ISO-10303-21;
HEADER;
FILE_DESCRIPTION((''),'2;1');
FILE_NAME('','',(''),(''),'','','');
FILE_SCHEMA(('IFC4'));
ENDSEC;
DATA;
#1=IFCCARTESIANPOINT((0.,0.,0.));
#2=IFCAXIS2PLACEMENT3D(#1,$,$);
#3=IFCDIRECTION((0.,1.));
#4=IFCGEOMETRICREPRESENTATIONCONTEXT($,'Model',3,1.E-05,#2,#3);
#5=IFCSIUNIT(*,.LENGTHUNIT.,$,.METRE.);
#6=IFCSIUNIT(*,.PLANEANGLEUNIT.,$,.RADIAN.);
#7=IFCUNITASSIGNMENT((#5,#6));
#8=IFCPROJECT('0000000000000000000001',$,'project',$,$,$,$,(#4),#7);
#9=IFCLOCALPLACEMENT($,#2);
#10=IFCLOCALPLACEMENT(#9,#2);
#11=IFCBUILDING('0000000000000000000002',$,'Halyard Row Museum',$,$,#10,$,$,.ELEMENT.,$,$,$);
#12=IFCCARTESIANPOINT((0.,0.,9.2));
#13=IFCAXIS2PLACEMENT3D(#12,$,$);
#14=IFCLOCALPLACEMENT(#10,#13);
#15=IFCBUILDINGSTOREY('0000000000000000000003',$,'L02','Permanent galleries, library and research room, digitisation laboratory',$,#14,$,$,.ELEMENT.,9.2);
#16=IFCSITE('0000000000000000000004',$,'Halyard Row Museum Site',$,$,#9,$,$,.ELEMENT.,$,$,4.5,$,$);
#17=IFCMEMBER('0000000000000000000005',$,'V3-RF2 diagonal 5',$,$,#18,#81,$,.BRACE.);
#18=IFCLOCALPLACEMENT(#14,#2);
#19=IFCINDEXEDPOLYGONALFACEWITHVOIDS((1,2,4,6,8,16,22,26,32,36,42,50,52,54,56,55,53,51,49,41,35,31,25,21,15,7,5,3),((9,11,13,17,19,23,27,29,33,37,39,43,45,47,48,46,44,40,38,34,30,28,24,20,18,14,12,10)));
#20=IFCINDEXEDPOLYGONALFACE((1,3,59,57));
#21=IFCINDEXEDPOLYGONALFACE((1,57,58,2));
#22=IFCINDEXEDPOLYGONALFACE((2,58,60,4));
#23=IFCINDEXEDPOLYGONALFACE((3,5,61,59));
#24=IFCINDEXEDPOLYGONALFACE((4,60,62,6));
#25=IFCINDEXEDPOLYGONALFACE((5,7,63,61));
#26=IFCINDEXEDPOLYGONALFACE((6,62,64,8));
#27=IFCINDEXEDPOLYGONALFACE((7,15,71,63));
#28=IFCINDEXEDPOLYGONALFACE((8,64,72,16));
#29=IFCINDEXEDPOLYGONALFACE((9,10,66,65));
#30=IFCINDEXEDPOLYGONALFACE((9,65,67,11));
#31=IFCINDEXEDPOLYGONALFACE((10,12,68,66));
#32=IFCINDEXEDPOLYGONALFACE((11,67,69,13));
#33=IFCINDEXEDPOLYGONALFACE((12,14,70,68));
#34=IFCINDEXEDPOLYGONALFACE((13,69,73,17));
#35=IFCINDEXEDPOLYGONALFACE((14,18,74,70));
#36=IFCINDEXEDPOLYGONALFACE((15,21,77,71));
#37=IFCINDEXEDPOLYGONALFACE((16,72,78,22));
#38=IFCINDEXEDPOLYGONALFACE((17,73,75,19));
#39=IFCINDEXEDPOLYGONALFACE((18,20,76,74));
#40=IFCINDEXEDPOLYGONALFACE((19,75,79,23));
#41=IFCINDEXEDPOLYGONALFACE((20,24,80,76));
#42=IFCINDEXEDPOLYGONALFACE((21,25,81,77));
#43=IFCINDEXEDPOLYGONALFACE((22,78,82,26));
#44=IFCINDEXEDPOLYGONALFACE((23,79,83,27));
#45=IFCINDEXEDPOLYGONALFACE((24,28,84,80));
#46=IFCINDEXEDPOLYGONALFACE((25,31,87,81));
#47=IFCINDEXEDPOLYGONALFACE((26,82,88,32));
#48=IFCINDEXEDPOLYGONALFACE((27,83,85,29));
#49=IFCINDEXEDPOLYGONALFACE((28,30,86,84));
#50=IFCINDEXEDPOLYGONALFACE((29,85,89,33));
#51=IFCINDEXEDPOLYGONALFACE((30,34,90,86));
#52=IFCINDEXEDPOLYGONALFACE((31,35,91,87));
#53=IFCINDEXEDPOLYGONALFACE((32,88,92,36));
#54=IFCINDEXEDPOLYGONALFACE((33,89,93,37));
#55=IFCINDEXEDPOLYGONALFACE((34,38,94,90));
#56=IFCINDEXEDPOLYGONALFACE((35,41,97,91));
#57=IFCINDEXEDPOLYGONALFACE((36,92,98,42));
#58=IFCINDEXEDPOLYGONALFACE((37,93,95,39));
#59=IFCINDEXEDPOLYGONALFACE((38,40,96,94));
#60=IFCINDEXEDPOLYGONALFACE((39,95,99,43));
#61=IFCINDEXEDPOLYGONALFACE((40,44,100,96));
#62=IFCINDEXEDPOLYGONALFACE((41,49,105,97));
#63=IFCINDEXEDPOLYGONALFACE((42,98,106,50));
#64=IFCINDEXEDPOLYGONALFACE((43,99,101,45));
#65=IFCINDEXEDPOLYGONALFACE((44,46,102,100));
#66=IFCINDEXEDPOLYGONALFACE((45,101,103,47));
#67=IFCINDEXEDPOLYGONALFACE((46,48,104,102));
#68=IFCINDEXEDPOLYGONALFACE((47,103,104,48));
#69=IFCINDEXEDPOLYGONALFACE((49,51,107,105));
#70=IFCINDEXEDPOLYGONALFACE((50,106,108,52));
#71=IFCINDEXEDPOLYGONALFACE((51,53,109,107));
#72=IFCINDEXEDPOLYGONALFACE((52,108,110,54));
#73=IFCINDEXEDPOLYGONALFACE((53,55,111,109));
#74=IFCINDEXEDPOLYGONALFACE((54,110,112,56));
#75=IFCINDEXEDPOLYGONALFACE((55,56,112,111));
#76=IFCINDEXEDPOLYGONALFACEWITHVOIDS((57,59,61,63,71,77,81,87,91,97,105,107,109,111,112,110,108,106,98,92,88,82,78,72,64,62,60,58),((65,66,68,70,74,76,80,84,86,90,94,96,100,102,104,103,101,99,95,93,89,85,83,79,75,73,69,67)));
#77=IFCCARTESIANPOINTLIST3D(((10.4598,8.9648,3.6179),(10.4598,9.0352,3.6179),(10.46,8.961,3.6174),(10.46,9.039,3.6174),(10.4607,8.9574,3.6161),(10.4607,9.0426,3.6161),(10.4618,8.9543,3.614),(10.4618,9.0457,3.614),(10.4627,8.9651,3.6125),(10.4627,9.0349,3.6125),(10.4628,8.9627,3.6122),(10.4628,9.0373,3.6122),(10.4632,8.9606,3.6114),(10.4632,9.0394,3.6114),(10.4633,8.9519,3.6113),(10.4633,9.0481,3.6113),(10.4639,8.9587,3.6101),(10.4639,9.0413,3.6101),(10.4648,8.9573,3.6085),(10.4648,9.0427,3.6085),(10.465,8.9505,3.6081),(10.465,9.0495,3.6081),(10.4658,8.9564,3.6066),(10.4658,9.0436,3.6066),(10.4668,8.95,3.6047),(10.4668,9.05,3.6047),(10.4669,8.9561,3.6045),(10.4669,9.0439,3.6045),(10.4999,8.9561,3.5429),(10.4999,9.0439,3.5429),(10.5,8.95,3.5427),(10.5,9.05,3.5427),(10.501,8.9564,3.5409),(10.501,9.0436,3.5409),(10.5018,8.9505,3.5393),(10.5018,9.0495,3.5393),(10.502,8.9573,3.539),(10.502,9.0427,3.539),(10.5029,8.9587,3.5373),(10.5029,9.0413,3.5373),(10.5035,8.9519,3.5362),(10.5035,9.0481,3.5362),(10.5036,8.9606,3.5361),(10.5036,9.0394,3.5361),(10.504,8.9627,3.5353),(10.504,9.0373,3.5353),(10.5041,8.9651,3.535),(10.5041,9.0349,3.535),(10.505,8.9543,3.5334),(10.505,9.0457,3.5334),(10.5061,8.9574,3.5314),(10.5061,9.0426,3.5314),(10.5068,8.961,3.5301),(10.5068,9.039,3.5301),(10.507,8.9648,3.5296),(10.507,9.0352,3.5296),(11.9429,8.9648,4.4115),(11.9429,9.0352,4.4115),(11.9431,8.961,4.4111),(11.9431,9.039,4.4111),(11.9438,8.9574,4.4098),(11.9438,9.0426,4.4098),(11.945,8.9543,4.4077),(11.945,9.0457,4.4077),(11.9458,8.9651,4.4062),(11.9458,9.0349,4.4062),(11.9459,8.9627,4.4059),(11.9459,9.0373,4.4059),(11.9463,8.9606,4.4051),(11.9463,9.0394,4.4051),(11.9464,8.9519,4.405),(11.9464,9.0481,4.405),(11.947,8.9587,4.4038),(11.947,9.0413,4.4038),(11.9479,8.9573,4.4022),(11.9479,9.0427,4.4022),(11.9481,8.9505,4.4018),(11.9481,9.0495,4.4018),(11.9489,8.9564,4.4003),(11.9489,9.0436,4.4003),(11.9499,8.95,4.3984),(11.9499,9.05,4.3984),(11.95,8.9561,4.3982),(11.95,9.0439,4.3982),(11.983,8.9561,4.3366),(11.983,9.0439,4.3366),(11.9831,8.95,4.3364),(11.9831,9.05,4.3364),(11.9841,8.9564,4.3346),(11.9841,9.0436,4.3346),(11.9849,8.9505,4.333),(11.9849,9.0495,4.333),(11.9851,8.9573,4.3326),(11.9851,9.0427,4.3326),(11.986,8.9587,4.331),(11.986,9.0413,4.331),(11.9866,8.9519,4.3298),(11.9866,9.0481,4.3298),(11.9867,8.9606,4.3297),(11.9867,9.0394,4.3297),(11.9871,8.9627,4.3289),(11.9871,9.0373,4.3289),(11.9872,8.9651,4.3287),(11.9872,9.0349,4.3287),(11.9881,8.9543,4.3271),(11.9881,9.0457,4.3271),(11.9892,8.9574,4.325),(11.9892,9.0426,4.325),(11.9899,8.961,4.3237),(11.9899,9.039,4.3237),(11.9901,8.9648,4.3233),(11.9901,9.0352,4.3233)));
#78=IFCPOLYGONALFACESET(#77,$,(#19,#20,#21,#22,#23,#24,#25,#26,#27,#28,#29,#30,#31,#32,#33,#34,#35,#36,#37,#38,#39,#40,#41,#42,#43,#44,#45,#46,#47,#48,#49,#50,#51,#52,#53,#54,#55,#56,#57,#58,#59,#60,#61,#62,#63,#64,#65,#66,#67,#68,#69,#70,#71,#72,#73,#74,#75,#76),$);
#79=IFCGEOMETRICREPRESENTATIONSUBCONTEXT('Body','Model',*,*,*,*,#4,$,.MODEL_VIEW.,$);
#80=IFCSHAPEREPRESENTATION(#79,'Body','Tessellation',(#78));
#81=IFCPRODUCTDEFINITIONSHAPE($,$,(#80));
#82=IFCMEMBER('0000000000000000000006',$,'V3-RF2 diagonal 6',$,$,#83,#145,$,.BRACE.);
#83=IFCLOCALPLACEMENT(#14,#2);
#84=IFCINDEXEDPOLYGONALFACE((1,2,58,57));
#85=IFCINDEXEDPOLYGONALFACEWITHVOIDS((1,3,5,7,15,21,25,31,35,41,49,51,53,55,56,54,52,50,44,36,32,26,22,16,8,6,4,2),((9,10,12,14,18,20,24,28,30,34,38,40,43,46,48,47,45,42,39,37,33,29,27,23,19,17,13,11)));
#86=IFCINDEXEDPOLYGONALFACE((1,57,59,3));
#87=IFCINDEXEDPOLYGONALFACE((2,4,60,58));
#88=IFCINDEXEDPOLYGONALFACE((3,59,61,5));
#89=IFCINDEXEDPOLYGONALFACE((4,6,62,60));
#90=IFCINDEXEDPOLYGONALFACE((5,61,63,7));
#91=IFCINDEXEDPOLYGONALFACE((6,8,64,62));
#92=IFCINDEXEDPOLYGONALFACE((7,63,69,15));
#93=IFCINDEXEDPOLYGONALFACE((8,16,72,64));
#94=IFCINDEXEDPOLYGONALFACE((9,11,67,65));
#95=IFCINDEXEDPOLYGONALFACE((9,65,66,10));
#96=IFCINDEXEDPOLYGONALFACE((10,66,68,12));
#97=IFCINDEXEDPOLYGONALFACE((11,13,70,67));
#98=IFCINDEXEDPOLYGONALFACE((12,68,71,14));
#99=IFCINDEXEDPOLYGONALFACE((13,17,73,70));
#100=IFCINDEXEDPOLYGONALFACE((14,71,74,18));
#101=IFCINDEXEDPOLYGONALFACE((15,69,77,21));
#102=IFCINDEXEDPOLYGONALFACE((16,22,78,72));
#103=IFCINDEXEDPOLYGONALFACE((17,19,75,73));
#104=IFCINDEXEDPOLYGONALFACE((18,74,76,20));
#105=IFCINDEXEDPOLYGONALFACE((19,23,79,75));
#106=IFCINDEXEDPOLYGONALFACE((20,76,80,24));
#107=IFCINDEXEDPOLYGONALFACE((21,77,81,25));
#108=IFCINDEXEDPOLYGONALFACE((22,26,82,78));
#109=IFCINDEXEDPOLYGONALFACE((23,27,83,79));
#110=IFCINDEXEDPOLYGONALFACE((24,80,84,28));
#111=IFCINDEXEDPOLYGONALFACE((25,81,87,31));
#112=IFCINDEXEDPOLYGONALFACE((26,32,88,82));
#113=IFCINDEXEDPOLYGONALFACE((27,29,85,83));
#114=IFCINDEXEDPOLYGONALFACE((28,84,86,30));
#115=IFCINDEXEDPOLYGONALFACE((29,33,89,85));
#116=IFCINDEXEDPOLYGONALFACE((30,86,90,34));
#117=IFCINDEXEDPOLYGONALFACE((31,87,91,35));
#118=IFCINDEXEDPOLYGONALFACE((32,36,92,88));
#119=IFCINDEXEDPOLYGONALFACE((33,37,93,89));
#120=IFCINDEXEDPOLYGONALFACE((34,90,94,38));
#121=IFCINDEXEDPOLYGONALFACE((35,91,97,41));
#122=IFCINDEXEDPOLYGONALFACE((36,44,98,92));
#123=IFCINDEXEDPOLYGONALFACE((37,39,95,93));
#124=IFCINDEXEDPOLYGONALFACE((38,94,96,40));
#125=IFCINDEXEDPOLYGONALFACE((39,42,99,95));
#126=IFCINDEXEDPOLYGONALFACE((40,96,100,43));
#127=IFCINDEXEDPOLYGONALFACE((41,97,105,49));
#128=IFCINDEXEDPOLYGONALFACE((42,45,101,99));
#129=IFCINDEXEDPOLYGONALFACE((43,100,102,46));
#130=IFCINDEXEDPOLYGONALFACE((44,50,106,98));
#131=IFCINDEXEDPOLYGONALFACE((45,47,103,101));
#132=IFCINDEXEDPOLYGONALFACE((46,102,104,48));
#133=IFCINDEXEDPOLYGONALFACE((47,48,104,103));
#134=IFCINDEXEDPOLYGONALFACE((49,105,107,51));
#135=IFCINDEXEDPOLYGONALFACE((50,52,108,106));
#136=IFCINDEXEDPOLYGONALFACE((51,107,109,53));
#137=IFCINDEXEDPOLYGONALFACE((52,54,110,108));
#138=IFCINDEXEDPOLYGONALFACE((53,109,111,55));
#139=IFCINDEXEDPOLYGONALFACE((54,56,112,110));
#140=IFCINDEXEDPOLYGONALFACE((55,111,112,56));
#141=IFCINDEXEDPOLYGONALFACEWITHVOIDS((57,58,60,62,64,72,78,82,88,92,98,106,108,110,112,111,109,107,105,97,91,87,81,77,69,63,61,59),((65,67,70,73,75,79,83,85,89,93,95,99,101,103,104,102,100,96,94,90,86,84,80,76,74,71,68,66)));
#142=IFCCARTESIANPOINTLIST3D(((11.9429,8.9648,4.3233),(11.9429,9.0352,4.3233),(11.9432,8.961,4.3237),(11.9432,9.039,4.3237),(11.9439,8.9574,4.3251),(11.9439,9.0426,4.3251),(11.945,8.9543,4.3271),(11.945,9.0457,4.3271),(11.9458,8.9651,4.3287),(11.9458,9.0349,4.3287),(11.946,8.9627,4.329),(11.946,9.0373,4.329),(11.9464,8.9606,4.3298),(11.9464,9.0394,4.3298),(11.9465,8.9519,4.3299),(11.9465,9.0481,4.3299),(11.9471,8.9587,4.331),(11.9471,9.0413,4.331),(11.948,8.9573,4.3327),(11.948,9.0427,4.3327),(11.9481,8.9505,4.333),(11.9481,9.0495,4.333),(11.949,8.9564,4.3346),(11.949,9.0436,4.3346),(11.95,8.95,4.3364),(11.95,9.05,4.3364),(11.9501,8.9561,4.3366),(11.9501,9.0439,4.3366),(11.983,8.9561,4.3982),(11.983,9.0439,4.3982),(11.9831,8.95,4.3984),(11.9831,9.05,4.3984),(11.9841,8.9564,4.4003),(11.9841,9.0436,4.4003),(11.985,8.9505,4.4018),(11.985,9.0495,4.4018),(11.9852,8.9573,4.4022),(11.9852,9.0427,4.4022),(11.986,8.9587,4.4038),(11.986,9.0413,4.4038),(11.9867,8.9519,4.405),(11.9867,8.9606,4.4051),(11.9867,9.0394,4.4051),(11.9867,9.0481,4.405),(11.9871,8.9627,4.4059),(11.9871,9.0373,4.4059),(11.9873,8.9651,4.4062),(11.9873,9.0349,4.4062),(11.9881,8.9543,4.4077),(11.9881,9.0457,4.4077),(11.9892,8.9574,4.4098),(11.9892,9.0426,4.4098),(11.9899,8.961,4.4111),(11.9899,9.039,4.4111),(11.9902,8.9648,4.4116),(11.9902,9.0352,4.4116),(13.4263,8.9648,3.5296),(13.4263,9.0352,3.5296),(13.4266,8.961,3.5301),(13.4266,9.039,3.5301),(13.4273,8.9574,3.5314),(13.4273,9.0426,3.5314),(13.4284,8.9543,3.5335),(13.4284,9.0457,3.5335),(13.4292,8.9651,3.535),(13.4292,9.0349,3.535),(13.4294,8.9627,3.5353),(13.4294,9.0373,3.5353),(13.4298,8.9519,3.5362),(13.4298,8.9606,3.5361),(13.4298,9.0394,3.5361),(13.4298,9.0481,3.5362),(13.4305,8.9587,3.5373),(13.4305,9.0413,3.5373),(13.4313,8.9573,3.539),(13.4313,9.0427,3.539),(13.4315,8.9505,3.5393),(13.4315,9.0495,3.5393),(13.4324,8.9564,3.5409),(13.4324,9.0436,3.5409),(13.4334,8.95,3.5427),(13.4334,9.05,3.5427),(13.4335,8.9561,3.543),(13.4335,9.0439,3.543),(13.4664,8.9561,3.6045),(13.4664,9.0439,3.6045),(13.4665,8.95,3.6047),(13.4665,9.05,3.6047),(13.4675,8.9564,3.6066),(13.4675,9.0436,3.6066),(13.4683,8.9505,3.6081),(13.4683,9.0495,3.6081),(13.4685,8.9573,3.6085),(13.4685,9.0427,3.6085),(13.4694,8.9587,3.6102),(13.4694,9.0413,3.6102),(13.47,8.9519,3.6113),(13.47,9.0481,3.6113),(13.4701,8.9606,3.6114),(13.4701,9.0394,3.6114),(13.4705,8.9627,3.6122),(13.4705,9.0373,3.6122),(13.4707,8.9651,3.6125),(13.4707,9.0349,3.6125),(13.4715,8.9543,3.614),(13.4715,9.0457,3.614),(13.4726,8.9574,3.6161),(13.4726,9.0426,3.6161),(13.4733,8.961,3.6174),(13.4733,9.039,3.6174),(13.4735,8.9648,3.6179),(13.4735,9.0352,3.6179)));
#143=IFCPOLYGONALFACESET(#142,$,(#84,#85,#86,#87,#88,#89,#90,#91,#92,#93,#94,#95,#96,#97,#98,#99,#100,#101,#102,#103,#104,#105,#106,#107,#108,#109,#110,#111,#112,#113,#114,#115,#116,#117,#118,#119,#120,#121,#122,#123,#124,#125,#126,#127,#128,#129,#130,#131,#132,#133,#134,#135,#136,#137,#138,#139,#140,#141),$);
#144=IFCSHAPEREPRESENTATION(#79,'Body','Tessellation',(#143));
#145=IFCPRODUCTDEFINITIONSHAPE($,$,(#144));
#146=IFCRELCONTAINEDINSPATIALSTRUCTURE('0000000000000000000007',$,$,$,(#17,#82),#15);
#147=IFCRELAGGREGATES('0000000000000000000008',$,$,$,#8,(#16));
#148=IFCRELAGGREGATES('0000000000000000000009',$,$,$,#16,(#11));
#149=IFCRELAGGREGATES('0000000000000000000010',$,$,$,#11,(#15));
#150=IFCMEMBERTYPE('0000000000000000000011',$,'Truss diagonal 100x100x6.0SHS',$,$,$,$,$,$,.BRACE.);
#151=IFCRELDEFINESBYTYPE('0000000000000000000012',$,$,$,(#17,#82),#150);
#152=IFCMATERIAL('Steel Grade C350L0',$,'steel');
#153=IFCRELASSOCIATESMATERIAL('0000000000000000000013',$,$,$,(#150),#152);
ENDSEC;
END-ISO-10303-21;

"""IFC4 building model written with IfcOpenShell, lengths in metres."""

from ifc_helpers import new_model, si_unit, direction, frame, origin, origin_2d, place, context, subcontext, project, spatial, hollow_rectangle, extrude, material, material_profile, profile_set, type_object, element, save


model = new_model("IFC4")

# Units and contexts
model_context = context("Model", 3, precision=1e-05, world=origin(), true_north=direction((0.0, 1.0)))
body_context = subcontext(model_context, "Body", "Model", "MODEL_VIEW")
ifc_project = project(units=[si_unit("LENGTHUNIT", "METRE"), si_unit("PLANEANGLEUNIT", "RADIAN")], contexts=[model_context])

# Site, building, storey
site_placement = place(None, origin())
site = spatial("IfcSite", under=ifc_project, at=site_placement, Name="Halyard Row Museum Site", CompositionType="ELEMENT", RefElevation=4.5)
building_placement = place(site_placement, origin())
building = spatial("IfcBuilding", under=site, at=building_placement, Name="Halyard Row Museum", CompositionType="ELEMENT")
storey_placement = place(building_placement, frame((0.0, 0.0, 9.2)))
storey = spatial("IfcBuildingStorey", under=building, at=storey_placement, Name="L02", Description="Permanent galleries, library and research room, digitisation laboratory", CompositionType="ELEMENT", Elevation=9.2)

# Members
ifc_material_1 = material(Name="Steel Grade C350L0", Category="steel")
ifc_material_profile_1 = material_profile(ifc_material_1, hollow_rectangle(XDim=0.1001, YDim=0.1001, WallThickness=0.0061, InnerFilletRadius=0.009, OuterFilletRadius=0.0149, at=origin_2d()), Name="100x100x6.0SHS")
ifc_profile_set_1 = profile_set([ifc_material_profile_1], Name="Steel Grade C350L0")
member_type_1 = type_object("IfcMemberType", Name="Truss diagonal 100x100x6.0SHS", PredefinedType="BRACE", material=ifc_profile_set_1)
member_1_placement = place(storey_placement, frame((10.4834, 9.0, 3.5737), z_axis=(0.881689, 0.0, 0.471831), x_axis=(0.0, 1.0, 0.0)))
element("IfcMember", 1, at=member_1_placement, inside=storey, type_object=member_type_1, Name="V3-RF2 diagonal 5", PredefinedType="BRACE", context=body_context, shape_type="SweptSolid", body=[
    extrude(hollow_rectangle(XDim=0.1001, YDim=0.1001, WallThickness=0.0061, InnerFilletRadius=0.009, OuterFilletRadius=0.0149, at=origin_2d()), origin(), (0.0, 0.0, 1.0), 1.6821),
])
member_2_placement = place(storey_placement, frame((11.9666, 9.0, 4.3674), z_axis=(0.881721, 0.0, -0.47177), x_axis=(0.0, 1.0, 0.0)))
element("IfcMember", 2, at=member_2_placement, inside=storey, type_object=member_type_1, Name="V3-RF2 diagonal 6", PredefinedType="BRACE", context=body_context, shape_type="SweptSolid", body=[
    extrude(hollow_rectangle(XDim=0.1001, YDim=0.1001, WallThickness=0.0061, InnerFilletRadius=0.009, OuterFilletRadius=0.0149, at=origin_2d()), origin(), (0.0, 0.0, 1.0), 1.6824),
])

save(model, "model.ifc")
